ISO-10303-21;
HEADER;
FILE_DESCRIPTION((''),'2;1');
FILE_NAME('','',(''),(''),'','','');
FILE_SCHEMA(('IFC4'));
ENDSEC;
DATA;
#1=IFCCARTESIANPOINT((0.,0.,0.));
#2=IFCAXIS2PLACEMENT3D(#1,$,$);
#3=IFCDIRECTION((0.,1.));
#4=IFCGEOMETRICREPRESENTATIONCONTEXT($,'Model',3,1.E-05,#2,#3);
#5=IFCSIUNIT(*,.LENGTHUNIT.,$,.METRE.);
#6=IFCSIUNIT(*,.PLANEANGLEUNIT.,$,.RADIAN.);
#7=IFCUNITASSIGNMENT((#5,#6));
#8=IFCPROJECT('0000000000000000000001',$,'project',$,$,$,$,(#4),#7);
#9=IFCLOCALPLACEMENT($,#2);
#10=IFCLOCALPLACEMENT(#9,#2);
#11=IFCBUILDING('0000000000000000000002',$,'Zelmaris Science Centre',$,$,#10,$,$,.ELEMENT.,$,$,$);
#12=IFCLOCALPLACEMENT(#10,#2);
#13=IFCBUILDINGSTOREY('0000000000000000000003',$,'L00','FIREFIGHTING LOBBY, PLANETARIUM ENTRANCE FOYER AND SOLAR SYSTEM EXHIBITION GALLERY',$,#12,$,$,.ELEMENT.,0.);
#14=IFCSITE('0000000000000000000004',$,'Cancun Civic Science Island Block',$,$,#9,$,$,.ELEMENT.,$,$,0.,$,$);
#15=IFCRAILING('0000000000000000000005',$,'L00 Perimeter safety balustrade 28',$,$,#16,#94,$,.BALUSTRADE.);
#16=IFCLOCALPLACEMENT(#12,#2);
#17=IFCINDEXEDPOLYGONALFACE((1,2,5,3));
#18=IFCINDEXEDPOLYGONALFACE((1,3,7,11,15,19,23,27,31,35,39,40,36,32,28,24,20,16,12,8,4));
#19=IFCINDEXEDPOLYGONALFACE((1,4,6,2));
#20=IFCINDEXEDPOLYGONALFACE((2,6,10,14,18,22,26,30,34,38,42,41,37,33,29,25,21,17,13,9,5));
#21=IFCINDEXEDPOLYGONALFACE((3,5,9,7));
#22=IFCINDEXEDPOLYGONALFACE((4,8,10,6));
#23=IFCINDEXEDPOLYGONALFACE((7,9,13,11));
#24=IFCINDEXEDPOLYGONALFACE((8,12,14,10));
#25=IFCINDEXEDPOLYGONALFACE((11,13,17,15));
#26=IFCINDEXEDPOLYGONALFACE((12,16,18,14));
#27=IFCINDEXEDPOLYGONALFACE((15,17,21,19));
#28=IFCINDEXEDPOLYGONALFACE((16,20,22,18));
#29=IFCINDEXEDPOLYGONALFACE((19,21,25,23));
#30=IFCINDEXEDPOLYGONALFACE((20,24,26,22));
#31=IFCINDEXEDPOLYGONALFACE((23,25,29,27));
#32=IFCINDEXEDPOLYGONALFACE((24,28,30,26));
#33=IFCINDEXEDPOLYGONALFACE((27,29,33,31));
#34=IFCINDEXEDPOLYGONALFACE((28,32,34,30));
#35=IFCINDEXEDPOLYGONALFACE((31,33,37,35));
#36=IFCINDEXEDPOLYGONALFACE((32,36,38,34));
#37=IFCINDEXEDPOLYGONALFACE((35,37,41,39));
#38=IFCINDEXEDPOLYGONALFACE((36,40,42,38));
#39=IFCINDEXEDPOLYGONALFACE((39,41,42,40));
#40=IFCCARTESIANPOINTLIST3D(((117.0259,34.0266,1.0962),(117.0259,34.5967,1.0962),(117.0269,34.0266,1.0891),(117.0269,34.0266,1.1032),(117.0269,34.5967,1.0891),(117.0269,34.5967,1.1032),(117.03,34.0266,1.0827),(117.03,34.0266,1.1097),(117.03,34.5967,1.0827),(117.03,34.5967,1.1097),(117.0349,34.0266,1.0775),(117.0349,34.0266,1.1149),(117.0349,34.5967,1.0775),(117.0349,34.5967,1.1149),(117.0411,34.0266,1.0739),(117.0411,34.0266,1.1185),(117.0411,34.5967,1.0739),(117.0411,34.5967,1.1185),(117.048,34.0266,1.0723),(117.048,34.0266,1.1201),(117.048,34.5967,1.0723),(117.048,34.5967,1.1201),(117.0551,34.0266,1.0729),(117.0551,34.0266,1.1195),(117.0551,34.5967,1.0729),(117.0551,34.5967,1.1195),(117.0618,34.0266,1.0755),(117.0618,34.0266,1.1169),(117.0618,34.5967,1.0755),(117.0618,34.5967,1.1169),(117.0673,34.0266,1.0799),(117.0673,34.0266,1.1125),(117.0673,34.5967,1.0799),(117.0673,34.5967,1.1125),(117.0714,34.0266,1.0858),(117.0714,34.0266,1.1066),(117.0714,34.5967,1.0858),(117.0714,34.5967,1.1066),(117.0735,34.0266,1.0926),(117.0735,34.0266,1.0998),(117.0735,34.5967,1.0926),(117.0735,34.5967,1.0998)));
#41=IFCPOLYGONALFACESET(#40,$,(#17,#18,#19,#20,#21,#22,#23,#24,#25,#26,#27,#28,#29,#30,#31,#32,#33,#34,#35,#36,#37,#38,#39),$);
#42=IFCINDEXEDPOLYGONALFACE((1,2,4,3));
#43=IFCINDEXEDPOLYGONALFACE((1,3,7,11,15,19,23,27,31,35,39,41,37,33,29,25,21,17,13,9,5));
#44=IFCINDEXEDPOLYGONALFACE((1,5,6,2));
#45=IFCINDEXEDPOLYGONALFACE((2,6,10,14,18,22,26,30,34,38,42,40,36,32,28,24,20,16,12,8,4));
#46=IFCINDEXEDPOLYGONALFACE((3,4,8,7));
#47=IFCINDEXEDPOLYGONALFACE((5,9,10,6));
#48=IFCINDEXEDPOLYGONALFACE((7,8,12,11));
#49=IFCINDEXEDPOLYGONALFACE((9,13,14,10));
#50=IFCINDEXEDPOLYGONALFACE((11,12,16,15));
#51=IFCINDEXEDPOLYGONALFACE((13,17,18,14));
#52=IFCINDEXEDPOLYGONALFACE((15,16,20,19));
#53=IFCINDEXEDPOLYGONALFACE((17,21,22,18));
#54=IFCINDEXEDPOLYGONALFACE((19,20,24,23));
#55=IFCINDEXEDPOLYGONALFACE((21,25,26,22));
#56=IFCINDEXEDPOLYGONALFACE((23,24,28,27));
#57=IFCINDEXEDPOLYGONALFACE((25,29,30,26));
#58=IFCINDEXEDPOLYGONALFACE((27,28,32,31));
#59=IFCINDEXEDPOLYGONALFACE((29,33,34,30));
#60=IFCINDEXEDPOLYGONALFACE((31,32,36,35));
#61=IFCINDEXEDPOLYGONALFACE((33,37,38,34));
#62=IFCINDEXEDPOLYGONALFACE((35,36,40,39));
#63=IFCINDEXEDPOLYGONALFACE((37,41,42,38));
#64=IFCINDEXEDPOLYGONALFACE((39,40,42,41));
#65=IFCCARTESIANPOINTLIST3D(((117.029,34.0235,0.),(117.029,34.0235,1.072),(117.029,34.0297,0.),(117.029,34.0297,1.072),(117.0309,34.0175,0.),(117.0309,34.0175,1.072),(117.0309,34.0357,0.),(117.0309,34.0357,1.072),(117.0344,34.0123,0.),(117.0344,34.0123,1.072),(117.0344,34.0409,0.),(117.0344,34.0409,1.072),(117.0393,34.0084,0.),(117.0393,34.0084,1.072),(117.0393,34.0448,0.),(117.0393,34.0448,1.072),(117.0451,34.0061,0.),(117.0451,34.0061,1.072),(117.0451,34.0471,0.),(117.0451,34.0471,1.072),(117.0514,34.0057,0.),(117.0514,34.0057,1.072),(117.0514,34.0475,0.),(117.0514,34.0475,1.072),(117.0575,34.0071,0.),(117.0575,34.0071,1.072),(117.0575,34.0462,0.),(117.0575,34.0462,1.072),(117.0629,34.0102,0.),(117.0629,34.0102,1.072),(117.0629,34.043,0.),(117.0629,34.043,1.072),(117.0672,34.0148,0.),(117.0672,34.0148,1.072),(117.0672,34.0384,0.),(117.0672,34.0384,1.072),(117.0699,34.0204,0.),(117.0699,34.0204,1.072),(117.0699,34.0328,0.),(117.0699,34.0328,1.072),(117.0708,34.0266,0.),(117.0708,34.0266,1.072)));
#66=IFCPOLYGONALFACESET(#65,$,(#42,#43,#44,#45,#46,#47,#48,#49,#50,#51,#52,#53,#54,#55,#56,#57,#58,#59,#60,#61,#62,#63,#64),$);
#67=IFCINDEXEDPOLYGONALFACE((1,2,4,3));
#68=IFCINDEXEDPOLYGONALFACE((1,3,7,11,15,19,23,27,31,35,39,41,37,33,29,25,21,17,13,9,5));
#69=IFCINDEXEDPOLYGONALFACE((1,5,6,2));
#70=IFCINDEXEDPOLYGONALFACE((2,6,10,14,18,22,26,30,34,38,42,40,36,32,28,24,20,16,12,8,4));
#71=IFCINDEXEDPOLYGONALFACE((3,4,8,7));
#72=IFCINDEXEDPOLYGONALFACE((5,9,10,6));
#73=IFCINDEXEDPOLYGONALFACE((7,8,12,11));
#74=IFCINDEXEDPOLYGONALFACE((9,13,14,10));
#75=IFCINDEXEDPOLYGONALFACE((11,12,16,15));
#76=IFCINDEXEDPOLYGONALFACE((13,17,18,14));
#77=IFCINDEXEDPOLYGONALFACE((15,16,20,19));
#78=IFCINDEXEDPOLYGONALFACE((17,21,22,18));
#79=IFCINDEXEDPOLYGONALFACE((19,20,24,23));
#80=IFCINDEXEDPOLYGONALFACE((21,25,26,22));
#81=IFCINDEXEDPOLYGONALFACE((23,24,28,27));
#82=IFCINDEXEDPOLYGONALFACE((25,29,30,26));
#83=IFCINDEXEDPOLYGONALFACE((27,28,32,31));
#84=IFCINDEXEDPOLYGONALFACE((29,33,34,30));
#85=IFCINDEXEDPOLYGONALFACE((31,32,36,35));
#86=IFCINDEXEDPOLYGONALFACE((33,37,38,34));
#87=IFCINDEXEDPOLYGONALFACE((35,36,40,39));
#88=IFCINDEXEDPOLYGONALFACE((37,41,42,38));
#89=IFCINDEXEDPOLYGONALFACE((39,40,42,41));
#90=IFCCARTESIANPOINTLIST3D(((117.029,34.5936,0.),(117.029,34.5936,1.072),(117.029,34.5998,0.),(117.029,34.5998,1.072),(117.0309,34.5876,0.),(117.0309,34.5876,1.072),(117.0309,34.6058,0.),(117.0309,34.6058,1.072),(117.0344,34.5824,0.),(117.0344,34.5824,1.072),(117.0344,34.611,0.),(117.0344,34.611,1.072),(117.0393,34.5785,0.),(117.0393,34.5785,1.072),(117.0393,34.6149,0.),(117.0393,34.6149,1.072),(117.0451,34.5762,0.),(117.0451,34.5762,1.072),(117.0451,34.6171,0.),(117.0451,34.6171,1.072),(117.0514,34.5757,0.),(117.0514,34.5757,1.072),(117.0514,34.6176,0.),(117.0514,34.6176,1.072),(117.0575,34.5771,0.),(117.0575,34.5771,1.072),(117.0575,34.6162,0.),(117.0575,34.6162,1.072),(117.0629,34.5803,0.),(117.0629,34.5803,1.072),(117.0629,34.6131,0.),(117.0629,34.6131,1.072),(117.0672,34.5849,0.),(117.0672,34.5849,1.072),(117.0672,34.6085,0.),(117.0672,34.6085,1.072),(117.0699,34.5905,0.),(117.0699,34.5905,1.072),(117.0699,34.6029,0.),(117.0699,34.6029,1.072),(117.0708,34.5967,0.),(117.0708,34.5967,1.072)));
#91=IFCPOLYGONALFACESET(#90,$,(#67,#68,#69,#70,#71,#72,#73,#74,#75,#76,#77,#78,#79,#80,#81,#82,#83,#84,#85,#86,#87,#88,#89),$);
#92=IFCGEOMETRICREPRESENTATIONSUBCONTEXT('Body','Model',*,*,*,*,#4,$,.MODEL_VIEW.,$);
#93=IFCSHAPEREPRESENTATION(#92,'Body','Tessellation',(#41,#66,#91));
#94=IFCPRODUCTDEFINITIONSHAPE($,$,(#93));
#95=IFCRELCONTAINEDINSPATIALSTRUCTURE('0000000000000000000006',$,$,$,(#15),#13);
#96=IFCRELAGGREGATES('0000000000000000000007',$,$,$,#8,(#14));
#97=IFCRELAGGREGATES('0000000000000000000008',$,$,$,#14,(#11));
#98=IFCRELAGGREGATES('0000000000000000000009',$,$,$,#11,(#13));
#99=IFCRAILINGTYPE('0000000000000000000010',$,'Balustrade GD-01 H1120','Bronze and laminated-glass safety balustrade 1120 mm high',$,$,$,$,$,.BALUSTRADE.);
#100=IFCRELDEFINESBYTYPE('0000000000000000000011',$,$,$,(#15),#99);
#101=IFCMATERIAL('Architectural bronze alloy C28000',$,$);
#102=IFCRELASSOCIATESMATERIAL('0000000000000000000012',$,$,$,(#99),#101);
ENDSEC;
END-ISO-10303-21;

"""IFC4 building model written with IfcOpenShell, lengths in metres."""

from ifc_helpers import new_model, si_unit, direction, frame, origin, origin_2d, place, context, subcontext, project, spatial, circle, extrude, material, type_object, element, save


model = new_model("IFC4")

# Units and contexts
model_context = context("Model", 3, precision=1e-05, world=origin(), true_north=direction((0.0, 1.0)))
body_context = subcontext(model_context, "Body", "Model", "MODEL_VIEW")
ifc_project = project(units=[si_unit("LENGTHUNIT", "METRE"), si_unit("PLANEANGLEUNIT", "RADIAN")], contexts=[model_context])

# Site, building, storey
site_placement = place(None, origin())
site = spatial("IfcSite", under=ifc_project, at=site_placement, Name="Cancun Civic Science Island Block", CompositionType="ELEMENT", RefElevation=0.0)
building_placement = place(site_placement, origin())
building = spatial("IfcBuilding", under=site, at=building_placement, Name="Zelmaris Science Centre", CompositionType="ELEMENT")
storey_placement = place(building_placement, origin())
storey = spatial("IfcBuildingStorey", under=building, at=storey_placement, Name="L00", Description="FIREFIGHTING LOBBY, PLANETARIUM ENTRANCE FOYER AND SOLAR SYSTEM EXHIBITION GALLERY", CompositionType="ELEMENT", Elevation=0.0)

# Railing
ifc_material_1 = material(Name="Architectural bronze alloy C28000")
railing_type = type_object("IfcRailingType", Name="Balustrade GD-01 H1120", Description="Bronze and laminated-glass safety balustrade 1120 mm high", PredefinedType="BALUSTRADE", material=ifc_material_1)
railing_1_placement = place(storey_placement, frame((117.0498, 34.0266, 0.0)))
element("IfcRailing", 1, at=railing_1_placement, inside=storey, type_object=railing_type, Name="L00 Perimeter safety balustrade 28", PredefinedType="BALUSTRADE", context=body_context, shape_type="SweptSolid", body=[
    extrude(circle(Radius=0.0239, at=origin_2d()), frame((0.0, 0.0, 1.0962), z_axis=(0.0, 1.0, 0.0), x_axis=(-1.0, 0.0, 0.0)), (0.0, 0.0, 1.0), 0.5701),
    extrude(circle(Radius=0.021, at=origin_2d()), origin(), (0.0, 0.0, 1.0), 1.072),
    extrude(circle(Radius=0.021, at=origin_2d()), frame((0.0, 0.5701, 0.0)), (0.0, 0.0, 1.0), 1.072),
])

save(model, "model.ifc")
